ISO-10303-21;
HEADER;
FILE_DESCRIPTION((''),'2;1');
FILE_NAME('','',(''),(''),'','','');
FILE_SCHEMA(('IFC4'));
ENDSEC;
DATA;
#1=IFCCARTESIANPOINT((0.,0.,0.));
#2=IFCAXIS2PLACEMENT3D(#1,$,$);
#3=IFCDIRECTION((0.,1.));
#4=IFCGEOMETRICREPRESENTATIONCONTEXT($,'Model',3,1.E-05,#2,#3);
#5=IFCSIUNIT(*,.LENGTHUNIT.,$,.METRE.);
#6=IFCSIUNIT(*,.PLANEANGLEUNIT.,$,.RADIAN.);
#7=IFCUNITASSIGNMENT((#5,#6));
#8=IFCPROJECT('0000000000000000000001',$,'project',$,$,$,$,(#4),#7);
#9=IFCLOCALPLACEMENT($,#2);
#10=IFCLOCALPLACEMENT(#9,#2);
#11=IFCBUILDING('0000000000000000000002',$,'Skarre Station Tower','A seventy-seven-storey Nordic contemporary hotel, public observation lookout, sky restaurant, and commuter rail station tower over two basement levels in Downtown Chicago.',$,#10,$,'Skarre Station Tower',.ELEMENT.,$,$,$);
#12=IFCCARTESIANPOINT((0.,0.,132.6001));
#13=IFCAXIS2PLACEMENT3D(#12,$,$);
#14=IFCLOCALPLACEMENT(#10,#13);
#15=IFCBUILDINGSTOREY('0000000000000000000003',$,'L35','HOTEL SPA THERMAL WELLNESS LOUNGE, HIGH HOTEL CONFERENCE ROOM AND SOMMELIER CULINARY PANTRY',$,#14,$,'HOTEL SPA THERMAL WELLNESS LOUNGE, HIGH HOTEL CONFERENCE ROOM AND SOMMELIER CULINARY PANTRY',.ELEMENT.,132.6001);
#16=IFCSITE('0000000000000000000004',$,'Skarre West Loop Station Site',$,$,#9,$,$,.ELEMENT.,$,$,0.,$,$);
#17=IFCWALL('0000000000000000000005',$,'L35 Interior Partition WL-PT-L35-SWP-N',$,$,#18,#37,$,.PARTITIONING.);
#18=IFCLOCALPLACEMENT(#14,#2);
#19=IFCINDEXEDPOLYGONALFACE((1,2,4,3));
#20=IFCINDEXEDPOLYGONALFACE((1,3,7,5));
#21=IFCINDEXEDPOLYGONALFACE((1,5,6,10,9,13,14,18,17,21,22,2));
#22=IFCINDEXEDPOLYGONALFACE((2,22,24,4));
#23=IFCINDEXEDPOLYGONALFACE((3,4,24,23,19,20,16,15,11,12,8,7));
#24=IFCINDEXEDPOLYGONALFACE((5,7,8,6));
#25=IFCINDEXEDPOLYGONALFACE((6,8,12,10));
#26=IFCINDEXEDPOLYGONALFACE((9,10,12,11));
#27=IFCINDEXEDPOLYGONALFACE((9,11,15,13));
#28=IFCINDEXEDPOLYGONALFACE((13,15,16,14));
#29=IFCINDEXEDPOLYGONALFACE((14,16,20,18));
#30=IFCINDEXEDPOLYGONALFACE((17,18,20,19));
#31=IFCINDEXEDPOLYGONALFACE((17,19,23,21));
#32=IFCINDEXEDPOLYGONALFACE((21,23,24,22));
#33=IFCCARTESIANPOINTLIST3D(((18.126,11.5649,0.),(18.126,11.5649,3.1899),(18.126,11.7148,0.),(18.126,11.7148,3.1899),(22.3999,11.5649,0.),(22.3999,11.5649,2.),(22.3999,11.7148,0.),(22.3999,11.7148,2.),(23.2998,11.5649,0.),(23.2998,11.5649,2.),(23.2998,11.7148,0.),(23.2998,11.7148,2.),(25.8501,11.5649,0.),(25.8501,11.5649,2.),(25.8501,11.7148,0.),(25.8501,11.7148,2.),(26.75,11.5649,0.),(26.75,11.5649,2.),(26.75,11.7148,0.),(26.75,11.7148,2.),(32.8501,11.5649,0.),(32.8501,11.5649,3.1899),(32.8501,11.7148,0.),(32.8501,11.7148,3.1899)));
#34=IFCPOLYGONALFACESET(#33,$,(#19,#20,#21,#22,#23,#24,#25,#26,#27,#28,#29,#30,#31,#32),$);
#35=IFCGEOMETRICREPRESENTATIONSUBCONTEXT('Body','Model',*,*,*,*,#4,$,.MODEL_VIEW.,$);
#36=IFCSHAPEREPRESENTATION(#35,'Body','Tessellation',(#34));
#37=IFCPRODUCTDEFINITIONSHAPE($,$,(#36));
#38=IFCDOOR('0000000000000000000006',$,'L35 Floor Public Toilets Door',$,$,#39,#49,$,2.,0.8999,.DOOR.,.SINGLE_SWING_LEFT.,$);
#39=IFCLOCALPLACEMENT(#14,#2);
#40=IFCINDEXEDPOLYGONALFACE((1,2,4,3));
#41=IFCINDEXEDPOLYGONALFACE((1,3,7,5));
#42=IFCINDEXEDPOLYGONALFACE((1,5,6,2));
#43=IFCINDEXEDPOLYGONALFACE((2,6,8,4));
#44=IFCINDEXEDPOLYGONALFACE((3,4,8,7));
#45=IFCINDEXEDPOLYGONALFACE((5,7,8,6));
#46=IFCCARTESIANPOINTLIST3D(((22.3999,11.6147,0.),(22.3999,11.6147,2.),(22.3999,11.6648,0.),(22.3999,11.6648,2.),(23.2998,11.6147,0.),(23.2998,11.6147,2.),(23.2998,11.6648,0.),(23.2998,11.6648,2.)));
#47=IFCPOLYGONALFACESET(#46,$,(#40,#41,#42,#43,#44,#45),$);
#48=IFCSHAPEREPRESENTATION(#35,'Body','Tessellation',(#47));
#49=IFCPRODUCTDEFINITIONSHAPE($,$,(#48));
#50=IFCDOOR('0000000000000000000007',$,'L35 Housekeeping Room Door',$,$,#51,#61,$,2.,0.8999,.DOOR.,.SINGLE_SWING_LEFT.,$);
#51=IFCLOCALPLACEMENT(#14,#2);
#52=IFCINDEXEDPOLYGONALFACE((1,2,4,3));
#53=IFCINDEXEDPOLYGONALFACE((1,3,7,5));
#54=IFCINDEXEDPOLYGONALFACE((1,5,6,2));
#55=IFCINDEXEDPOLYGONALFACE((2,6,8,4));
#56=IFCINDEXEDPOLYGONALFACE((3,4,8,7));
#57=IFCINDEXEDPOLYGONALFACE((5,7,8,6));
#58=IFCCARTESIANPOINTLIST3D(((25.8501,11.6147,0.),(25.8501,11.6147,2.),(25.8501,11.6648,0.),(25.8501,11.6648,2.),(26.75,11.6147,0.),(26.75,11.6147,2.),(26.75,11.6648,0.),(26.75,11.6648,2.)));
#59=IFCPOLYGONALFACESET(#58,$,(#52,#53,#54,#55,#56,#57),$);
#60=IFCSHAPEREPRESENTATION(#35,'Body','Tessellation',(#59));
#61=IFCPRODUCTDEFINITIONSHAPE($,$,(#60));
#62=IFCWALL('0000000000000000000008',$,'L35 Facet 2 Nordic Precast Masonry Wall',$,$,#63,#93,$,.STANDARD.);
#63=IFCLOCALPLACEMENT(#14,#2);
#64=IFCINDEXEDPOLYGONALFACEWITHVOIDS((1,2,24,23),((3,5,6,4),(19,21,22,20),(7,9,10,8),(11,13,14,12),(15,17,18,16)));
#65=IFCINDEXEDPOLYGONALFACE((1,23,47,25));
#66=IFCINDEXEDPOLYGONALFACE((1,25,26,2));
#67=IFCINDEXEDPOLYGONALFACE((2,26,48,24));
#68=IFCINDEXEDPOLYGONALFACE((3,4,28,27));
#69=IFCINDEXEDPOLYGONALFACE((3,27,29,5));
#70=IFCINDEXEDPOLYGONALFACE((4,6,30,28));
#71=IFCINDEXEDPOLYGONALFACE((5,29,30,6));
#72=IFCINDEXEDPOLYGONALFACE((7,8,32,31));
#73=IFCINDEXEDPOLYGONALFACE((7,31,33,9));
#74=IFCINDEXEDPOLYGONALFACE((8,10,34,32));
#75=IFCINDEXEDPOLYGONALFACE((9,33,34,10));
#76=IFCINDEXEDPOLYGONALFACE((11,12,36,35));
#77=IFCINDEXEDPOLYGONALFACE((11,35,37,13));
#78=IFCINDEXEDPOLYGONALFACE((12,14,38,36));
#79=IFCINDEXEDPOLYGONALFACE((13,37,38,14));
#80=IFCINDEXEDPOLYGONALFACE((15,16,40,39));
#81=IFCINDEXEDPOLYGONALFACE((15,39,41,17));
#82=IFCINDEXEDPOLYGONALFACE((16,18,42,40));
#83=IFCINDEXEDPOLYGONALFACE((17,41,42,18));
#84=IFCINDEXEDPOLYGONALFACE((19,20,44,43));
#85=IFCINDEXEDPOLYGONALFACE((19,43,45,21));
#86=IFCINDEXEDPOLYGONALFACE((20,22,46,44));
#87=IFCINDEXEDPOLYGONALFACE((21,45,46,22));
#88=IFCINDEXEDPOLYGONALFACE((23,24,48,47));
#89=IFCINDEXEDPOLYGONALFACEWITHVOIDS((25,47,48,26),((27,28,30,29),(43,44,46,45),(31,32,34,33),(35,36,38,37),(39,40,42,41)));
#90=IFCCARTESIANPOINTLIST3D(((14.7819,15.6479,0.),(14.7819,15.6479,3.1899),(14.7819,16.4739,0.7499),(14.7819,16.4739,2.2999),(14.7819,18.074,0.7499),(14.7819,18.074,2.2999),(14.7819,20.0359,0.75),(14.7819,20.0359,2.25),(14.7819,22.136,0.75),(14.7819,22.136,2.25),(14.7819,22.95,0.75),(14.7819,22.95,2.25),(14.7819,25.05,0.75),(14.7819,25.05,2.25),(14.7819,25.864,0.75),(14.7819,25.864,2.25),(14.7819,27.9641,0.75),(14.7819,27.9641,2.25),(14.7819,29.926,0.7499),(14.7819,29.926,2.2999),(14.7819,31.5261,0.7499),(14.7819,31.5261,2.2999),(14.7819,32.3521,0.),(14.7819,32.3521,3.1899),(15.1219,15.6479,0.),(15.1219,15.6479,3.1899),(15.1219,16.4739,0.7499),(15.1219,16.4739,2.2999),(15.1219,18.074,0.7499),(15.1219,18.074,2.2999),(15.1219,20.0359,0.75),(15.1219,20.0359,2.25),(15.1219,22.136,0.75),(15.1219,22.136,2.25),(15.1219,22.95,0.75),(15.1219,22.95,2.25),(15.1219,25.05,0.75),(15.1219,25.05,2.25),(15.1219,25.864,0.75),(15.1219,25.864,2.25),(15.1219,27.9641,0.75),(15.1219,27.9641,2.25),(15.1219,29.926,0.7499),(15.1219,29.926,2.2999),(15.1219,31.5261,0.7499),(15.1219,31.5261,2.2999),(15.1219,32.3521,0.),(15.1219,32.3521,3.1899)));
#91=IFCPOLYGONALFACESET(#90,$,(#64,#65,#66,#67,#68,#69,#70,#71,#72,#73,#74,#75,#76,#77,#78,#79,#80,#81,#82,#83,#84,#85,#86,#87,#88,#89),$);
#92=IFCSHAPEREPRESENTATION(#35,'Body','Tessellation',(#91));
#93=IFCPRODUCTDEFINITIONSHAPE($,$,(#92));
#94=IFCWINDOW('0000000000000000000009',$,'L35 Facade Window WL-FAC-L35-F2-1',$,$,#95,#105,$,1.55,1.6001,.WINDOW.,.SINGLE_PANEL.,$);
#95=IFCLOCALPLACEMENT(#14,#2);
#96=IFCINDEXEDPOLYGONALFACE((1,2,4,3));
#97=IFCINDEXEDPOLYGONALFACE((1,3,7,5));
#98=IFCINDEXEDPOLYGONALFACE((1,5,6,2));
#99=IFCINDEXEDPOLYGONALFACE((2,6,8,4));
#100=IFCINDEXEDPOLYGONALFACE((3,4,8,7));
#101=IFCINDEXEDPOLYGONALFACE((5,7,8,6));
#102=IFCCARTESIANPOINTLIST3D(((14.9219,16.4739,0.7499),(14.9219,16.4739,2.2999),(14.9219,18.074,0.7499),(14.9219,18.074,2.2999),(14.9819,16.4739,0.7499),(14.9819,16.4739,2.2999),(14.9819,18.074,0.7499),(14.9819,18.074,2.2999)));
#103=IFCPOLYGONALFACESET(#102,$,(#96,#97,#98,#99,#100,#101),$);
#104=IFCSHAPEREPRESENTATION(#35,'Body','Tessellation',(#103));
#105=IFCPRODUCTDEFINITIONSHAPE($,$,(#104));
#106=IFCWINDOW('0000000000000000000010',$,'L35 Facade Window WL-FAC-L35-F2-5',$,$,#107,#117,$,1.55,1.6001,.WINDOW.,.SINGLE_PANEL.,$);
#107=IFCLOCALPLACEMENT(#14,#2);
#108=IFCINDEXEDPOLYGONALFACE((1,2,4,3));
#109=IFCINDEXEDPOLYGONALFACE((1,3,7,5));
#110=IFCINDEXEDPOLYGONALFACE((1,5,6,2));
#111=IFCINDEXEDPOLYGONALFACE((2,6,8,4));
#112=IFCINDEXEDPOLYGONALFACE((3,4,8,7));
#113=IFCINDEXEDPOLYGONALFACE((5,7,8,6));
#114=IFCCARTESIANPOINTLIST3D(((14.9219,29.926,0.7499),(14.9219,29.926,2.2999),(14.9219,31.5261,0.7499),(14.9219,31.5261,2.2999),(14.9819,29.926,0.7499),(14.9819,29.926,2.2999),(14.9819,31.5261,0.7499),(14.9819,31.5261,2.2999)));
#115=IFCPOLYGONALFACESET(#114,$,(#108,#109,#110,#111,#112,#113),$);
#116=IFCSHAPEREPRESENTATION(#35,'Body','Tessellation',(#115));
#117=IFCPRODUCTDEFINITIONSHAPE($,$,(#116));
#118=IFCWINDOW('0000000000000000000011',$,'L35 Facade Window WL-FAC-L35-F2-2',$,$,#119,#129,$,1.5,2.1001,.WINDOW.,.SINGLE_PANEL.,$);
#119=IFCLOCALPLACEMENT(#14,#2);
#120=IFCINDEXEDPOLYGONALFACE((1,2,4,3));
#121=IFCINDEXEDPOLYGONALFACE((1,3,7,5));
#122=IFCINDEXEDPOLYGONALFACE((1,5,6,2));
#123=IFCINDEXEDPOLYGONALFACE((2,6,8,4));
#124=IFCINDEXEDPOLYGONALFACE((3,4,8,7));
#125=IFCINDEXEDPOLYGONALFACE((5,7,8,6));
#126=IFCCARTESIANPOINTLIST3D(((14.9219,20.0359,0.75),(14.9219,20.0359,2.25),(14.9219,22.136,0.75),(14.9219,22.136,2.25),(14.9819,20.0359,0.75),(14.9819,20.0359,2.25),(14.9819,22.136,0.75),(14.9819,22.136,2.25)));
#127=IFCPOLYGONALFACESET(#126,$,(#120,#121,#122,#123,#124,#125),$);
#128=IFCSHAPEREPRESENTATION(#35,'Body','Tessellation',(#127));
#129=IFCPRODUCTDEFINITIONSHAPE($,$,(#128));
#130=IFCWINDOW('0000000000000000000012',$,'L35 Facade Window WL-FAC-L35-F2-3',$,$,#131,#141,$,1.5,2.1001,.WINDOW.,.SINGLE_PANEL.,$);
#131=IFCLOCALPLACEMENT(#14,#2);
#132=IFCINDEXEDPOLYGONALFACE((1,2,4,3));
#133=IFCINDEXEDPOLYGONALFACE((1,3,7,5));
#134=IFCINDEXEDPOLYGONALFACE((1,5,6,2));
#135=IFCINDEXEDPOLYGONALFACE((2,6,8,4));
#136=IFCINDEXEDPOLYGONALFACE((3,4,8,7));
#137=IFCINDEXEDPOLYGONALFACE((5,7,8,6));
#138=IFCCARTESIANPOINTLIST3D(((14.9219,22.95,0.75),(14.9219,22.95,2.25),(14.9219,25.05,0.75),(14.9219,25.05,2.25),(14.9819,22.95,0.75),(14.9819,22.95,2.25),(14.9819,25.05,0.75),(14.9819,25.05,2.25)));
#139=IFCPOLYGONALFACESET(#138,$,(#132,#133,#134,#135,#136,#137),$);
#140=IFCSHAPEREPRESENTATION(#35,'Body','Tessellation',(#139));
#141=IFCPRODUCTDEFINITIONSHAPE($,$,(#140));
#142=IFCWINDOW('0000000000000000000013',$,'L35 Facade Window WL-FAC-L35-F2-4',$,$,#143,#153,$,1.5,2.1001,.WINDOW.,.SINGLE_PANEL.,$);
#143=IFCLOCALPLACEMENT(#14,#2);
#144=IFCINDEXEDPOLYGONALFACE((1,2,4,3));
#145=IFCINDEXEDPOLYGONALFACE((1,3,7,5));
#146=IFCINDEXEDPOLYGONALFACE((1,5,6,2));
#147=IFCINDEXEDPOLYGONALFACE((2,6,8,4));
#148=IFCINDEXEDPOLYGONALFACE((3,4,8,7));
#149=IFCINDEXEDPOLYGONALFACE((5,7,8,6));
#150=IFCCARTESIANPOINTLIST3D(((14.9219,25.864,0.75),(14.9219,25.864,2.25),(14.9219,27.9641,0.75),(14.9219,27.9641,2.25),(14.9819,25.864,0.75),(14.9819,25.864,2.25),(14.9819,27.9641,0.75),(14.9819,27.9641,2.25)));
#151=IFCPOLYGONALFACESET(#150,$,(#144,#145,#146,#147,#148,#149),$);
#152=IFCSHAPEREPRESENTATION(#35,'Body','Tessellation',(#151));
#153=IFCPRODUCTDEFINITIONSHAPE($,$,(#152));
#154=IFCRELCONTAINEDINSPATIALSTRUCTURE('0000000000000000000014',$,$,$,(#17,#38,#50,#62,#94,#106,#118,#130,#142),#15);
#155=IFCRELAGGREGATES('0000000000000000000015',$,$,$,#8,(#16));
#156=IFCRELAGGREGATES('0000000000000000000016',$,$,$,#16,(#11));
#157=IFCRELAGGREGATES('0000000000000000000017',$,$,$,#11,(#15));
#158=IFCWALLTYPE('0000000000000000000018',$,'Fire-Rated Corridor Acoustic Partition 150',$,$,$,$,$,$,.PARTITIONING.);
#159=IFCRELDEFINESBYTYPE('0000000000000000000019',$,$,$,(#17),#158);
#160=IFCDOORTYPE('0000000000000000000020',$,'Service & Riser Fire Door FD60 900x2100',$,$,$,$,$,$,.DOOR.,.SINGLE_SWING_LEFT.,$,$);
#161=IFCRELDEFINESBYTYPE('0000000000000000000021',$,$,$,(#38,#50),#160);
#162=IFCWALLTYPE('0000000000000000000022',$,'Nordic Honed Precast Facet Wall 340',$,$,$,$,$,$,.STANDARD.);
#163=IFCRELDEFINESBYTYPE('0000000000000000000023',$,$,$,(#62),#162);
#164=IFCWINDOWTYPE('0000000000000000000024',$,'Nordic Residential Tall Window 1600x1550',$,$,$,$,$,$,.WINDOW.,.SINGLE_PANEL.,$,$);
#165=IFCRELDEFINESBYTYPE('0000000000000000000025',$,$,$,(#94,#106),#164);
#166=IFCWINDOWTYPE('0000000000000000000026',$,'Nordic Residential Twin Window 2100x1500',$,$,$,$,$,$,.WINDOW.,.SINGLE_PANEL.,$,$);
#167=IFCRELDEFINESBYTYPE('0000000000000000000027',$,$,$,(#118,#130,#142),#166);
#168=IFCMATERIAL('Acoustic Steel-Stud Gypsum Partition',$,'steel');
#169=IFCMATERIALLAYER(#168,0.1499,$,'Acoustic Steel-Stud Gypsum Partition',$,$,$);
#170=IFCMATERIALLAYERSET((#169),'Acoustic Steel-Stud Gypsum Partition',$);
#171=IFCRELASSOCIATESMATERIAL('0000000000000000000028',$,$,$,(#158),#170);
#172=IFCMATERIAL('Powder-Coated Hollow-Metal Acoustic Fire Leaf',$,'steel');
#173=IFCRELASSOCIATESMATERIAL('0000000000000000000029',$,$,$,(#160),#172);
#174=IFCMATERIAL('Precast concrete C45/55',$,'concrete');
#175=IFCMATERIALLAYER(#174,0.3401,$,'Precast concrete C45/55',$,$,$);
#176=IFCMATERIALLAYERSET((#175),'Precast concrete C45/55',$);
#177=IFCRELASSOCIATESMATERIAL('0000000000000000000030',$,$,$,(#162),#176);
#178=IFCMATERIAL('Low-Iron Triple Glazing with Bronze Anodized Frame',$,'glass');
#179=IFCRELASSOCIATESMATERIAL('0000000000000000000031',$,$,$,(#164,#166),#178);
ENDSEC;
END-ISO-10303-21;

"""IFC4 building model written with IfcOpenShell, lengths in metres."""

from ifc_helpers import new_model, si_unit, direction, frame, frame_2d, origin, place, context, subcontext, project, spatial, rectangle, extrude, material, layer, layer_set, type_object, element, fill, save


model = new_model("IFC4")

# Units and contexts
model_context = context("Model", 3, precision=1e-05, world=origin(), true_north=direction((0.0, 1.0)))
body_context = subcontext(model_context, "Body", "Model", "MODEL_VIEW")
ifc_project = project(units=[si_unit("LENGTHUNIT", "METRE"), si_unit("PLANEANGLEUNIT", "RADIAN")], contexts=[model_context])

# Site, building, storey
site_placement = place(None, origin())
site = spatial("IfcSite", under=ifc_project, at=site_placement, Name="Skarre West Loop Station Site", CompositionType="ELEMENT", RefElevation=0.0)
building_placement = place(site_placement, origin())
building = spatial("IfcBuilding", under=site, at=building_placement, Name="Skarre Station Tower", Description="A seventy-seven-storey Nordic contemporary hotel, public observation lookout, sky restaurant, and commuter rail station tower over two basement levels in Downtown Chicago.", LongName="Skarre Station Tower", CompositionType="ELEMENT")
storey_placement = place(building_placement, frame((0.0, 0.0, 132.6001)))
storey = spatial("IfcBuildingStorey", under=building, at=storey_placement, Name="L35", Description="HOTEL SPA THERMAL WELLNESS LOUNGE, HIGH HOTEL CONFERENCE ROOM AND SOMMELIER CULINARY PANTRY", LongName="HOTEL SPA THERMAL WELLNESS LOUNGE, HIGH HOTEL CONFERENCE ROOM AND SOMMELIER CULINARY PANTRY", CompositionType="ELEMENT", Elevation=132.6001)

# Shared definitions
ifc_material_1 = material(Name="Acoustic Steel-Stud Gypsum Partition", Category="steel")
ifc_layer_1 = layer(ifc_material_1, 0.1499, Name="Acoustic Steel-Stud Gypsum Partition")
ifc_layer_set_1 = layer_set([ifc_layer_1], Name="Acoustic Steel-Stud Gypsum Partition")
wall_type_1 = type_object("IfcWallType", Name="Fire-Rated Corridor Acoustic Partition 150", PredefinedType="PARTITIONING", material=ifc_layer_set_1)

# Wall, openings, doors
wall_1_placement = place(storey_placement, frame((18.126, 11.6399, 0.0), z_axis=(0.0, 0.0, 1.0), x_axis=(1.0, 0.0, 0.0)))
wall_1 = element("IfcWall", 1, at=wall_1_placement, inside=storey, type_object=wall_type_1, Name="L35 Interior Partition WL-PT-L35-SWP-N", PredefinedType="PARTITIONING", context=body_context, shape_type="SweptSolid", body=[
    extrude(rectangle(XDim=14.7241, YDim=0.1499, at=frame_2d((7.3621, 0.0))), origin(), (0.0, 0.0, 1.0), 3.1899),
])
opening_1_placement = place(wall_1_placement, frame((4.2739, 0.0, 0.0)))
opening_1 = element("IfcOpeningElement", 2, at=opening_1_placement, cuts=wall_1, PredefinedType="OPENING", context=body_context, shape_type="SweptSolid", body=[
    extrude(rectangle(XDim=0.8999, YDim=2.0, at=frame_2d((0.45, 1.0))), frame((0.0, 0.085, 0.0), z_axis=(0.0, -1.0, 0.0), x_axis=(1.0, 0.0, 0.0)), (0.0, 0.0, 1.0), 0.1699),
])
opening_2_placement = place(wall_1_placement, frame((7.7241, 0.0, 0.0)))
opening_2 = element("IfcOpeningElement", 3, at=opening_2_placement, cuts=wall_1, PredefinedType="OPENING", context=body_context, shape_type="SweptSolid", body=[
    extrude(rectangle(XDim=0.8999, YDim=2.0, at=frame_2d((0.45, 1.0))), frame((0.0, 0.085, 0.0), z_axis=(0.0, -1.0, 0.0), x_axis=(1.0, 0.0, 0.0)), (0.0, 0.0, 1.0), 0.1699),
])
ifc_material_2 = material(Name="Powder-Coated Hollow-Metal Acoustic Fire Leaf", Category="steel")
door_type = type_object("IfcDoorType", Name="Service & Riser Fire Door FD60 900x2100", OperationType="SINGLE_SWING_LEFT", PredefinedType="DOOR", material=ifc_material_2)
door_1_placement = place(opening_1_placement, origin())
door_1 = element("IfcDoor", 4, at=door_1_placement, inside=storey, type_object=door_type, Name="L35 Floor Public Toilets Door", OperationType="SINGLE_SWING_LEFT", OverallHeight=2.0, OverallWidth=0.8999, PredefinedType="DOOR", context=body_context, shape_type="SweptSolid", body=[
    extrude(rectangle(XDim=0.8999, YDim=2.0, at=frame_2d((0.45, 1.0))), frame((0.0, 0.0249, 0.0), z_axis=(0.0, -1.0, 0.0), x_axis=(1.0, 0.0, 0.0)), (0.0, 0.0, 1.0), 0.05),
])
fill(opening_1, door_1)
door_2_placement = place(opening_2_placement, origin())
door_2 = element("IfcDoor", 5, at=door_2_placement, inside=storey, type_object=door_type, Name="L35 Housekeeping Room Door", OperationType="SINGLE_SWING_LEFT", OverallHeight=2.0, OverallWidth=0.8999, PredefinedType="DOOR", context=body_context, shape_type="SweptSolid", body=[
    extrude(rectangle(XDim=0.8999, YDim=2.0, at=frame_2d((0.45, 1.0))), frame((0.0, 0.0249, 0.0), z_axis=(0.0, -1.0, 0.0), x_axis=(1.0, 0.0, 0.0)), (0.0, 0.0, 1.0), 0.05),
])
fill(opening_2, door_2)

# Wall, openings, windows
ifc_material_3 = material(Name="Precast concrete C45/55", Category="concrete")
ifc_layer_2 = layer(ifc_material_3, 0.3401, Name="Precast concrete C45/55")
ifc_layer_set_2 = layer_set([ifc_layer_2], Name="Precast concrete C45/55")
wall_type_2 = type_object("IfcWallType", Name="Nordic Honed Precast Facet Wall 340", PredefinedType="STANDARD", material=ifc_layer_set_2)
wall_2_placement = place(storey_placement, frame((14.9519, 15.6479, 0.0), z_axis=(0.0, 0.0, 1.0), x_axis=(0.0, 1.0, 0.0)))
wall_2 = element("IfcWall", 6, at=wall_2_placement, inside=storey, type_object=wall_type_2, Name="L35 Facet 2 Nordic Precast Masonry Wall", PredefinedType="STANDARD", context=body_context, shape_type="SweptSolid", body=[
    extrude(rectangle(XDim=16.7041, YDim=0.3401, at=frame_2d((8.3521, 0.0))), origin(), (0.0, 0.0, 1.0), 3.1899),
])
opening_3_placement = place(wall_2_placement, frame((0.8259, 0.0, 0.75)))
opening_3 = element("IfcOpeningElement", 7, at=opening_3_placement, cuts=wall_2, PredefinedType="OPENING", context=body_context, shape_type="SweptSolid", body=[
    extrude(rectangle(XDim=1.6001, YDim=1.55, at=frame_2d((0.8, 0.7749))), frame((0.0, 0.1799, 0.0), z_axis=(0.0, -1.0, 0.0), x_axis=(1.0, 0.0, 0.0)), (0.0, 0.0, 1.0), 0.3601),
])
opening_4_placement = place(wall_2_placement, frame((4.3879, 0.0, 0.75)))
opening_4 = element("IfcOpeningElement", 8, at=opening_4_placement, cuts=wall_2, PredefinedType="OPENING", context=body_context, shape_type="SweptSolid", body=[
    extrude(rectangle(XDim=2.1001, YDim=1.5, at=frame_2d((1.05, 0.75))), frame((0.0, 0.1799, 0.0), z_axis=(0.0, -1.0, 0.0), x_axis=(1.0, 0.0, 0.0)), (0.0, 0.0, 1.0), 0.3601),
])
opening_5_placement = place(wall_2_placement, frame((7.302, 0.0, 0.75)))
opening_5 = element("IfcOpeningElement", 9, at=opening_5_placement, cuts=wall_2, PredefinedType="OPENING", context=body_context, shape_type="SweptSolid", body=[
    extrude(rectangle(XDim=2.1001, YDim=1.5, at=frame_2d((1.05, 0.75))), frame((0.0, 0.1799, 0.0), z_axis=(0.0, -1.0, 0.0), x_axis=(1.0, 0.0, 0.0)), (0.0, 0.0, 1.0), 0.3601),
])
opening_6_placement = place(wall_2_placement, frame((10.2161, 0.0, 0.75)))
opening_6 = element("IfcOpeningElement", 10, at=opening_6_placement, cuts=wall_2, PredefinedType="OPENING", context=body_context, shape_type="SweptSolid", body=[
    extrude(rectangle(XDim=2.1001, YDim=1.5, at=frame_2d((1.05, 0.75))), frame((0.0, 0.1799, 0.0), z_axis=(0.0, -1.0, 0.0), x_axis=(1.0, 0.0, 0.0)), (0.0, 0.0, 1.0), 0.3601),
])
opening_7_placement = place(wall_2_placement, frame((14.2781, 0.0, 0.75)))
opening_7 = element("IfcOpeningElement", 11, at=opening_7_placement, cuts=wall_2, PredefinedType="OPENING", context=body_context, shape_type="SweptSolid", body=[
    extrude(rectangle(XDim=1.6001, YDim=1.55, at=frame_2d((0.8, 0.7749))), frame((0.0, 0.1799, 0.0), z_axis=(0.0, -1.0, 0.0), x_axis=(1.0, 0.0, 0.0)), (0.0, 0.0, 1.0), 0.3601),
])
ifc_material_4 = material(Name="Low-Iron Triple Glazing with Bronze Anodized Frame", Category="glass")
window_type_1 = type_object("IfcWindowType", Name="Nordic Residential Tall Window 1600x1550", PartitioningType="SINGLE_PANEL", PredefinedType="WINDOW", material=ifc_material_4)
window_1_placement = place(opening_3_placement, origin())
window_1 = element("IfcWindow", 12, at=window_1_placement, inside=storey, type_object=window_type_1, Name="L35 Facade Window WL-FAC-L35-F2-1", OverallHeight=1.55, OverallWidth=1.6001, PartitioningType="SINGLE_PANEL", PredefinedType="WINDOW", context=body_context, shape_type="SweptSolid", body=[
    extrude(rectangle(XDim=1.6001, YDim=1.55, at=frame_2d((0.8, 0.7749))), frame((0.0, 0.03, 0.0), z_axis=(0.0, -1.0, 0.0), x_axis=(1.0, 0.0, 0.0)), (0.0, 0.0, 1.0), 0.0601),
])
fill(opening_3, window_1)
window_2_placement = place(opening_7_placement, origin())
window_2 = element("IfcWindow", 13, at=window_2_placement, inside=storey, type_object=window_type_1, Name="L35 Facade Window WL-FAC-L35-F2-5", OverallHeight=1.55, OverallWidth=1.6001, PartitioningType="SINGLE_PANEL", PredefinedType="WINDOW", context=body_context, shape_type="SweptSolid", body=[
    extrude(rectangle(XDim=1.6001, YDim=1.55, at=frame_2d((0.8, 0.7749))), frame((0.0, 0.03, 0.0), z_axis=(0.0, -1.0, 0.0), x_axis=(1.0, 0.0, 0.0)), (0.0, 0.0, 1.0), 0.0601),
])
fill(opening_7, window_2)
window_type_2 = type_object("IfcWindowType", Name="Nordic Residential Twin Window 2100x1500", PartitioningType="SINGLE_PANEL", PredefinedType="WINDOW", material=ifc_material_4)
window_3_placement = place(opening_4_placement, origin())
window_3 = element("IfcWindow", 14, at=window_3_placement, inside=storey, type_object=window_type_2, Name="L35 Facade Window WL-FAC-L35-F2-2", OverallHeight=1.5, OverallWidth=2.1001, PartitioningType="SINGLE_PANEL", PredefinedType="WINDOW", context=body_context, shape_type="SweptSolid", body=[
    extrude(rectangle(XDim=2.1001, YDim=1.5, at=frame_2d((1.05, 0.75))), frame((0.0, 0.03, 0.0), z_axis=(0.0, -1.0, 0.0), x_axis=(1.0, 0.0, 0.0)), (0.0, 0.0, 1.0), 0.0601),
])
fill(opening_4, window_3)
window_4_placement = place(opening_5_placement, origin())
window_4 = element("IfcWindow", 15, at=window_4_placement, inside=storey, type_object=window_type_2, Name="L35 Facade Window WL-FAC-L35-F2-3", OverallHeight=1.5, OverallWidth=2.1001, PartitioningType="SINGLE_PANEL", PredefinedType="WINDOW", context=body_context, shape_type="SweptSolid", body=[
    extrude(rectangle(XDim=2.1001, YDim=1.5, at=frame_2d((1.05, 0.75))), frame((0.0, 0.03, 0.0), z_axis=(0.0, -1.0, 0.0), x_axis=(1.0, 0.0, 0.0)), (0.0, 0.0, 1.0), 0.0601),
])
fill(opening_5, window_4)
window_5_placement = place(opening_6_placement, origin())
window_5 = element("IfcWindow", 16, at=window_5_placement, inside=storey, type_object=window_type_2, Name="L35 Facade Window WL-FAC-L35-F2-4", OverallHeight=1.5, OverallWidth=2.1001, PartitioningType="SINGLE_PANEL", PredefinedType="WINDOW", context=body_context, shape_type="SweptSolid", body=[
    extrude(rectangle(XDim=2.1001, YDim=1.5, at=frame_2d((1.05, 0.75))), frame((0.0, 0.03, 0.0), z_axis=(0.0, -1.0, 0.0), x_axis=(1.0, 0.0, 0.0)), (0.0, 0.0, 1.0), 0.0601),
])
fill(opening_6, window_5)

save(model, "model.ifc")
